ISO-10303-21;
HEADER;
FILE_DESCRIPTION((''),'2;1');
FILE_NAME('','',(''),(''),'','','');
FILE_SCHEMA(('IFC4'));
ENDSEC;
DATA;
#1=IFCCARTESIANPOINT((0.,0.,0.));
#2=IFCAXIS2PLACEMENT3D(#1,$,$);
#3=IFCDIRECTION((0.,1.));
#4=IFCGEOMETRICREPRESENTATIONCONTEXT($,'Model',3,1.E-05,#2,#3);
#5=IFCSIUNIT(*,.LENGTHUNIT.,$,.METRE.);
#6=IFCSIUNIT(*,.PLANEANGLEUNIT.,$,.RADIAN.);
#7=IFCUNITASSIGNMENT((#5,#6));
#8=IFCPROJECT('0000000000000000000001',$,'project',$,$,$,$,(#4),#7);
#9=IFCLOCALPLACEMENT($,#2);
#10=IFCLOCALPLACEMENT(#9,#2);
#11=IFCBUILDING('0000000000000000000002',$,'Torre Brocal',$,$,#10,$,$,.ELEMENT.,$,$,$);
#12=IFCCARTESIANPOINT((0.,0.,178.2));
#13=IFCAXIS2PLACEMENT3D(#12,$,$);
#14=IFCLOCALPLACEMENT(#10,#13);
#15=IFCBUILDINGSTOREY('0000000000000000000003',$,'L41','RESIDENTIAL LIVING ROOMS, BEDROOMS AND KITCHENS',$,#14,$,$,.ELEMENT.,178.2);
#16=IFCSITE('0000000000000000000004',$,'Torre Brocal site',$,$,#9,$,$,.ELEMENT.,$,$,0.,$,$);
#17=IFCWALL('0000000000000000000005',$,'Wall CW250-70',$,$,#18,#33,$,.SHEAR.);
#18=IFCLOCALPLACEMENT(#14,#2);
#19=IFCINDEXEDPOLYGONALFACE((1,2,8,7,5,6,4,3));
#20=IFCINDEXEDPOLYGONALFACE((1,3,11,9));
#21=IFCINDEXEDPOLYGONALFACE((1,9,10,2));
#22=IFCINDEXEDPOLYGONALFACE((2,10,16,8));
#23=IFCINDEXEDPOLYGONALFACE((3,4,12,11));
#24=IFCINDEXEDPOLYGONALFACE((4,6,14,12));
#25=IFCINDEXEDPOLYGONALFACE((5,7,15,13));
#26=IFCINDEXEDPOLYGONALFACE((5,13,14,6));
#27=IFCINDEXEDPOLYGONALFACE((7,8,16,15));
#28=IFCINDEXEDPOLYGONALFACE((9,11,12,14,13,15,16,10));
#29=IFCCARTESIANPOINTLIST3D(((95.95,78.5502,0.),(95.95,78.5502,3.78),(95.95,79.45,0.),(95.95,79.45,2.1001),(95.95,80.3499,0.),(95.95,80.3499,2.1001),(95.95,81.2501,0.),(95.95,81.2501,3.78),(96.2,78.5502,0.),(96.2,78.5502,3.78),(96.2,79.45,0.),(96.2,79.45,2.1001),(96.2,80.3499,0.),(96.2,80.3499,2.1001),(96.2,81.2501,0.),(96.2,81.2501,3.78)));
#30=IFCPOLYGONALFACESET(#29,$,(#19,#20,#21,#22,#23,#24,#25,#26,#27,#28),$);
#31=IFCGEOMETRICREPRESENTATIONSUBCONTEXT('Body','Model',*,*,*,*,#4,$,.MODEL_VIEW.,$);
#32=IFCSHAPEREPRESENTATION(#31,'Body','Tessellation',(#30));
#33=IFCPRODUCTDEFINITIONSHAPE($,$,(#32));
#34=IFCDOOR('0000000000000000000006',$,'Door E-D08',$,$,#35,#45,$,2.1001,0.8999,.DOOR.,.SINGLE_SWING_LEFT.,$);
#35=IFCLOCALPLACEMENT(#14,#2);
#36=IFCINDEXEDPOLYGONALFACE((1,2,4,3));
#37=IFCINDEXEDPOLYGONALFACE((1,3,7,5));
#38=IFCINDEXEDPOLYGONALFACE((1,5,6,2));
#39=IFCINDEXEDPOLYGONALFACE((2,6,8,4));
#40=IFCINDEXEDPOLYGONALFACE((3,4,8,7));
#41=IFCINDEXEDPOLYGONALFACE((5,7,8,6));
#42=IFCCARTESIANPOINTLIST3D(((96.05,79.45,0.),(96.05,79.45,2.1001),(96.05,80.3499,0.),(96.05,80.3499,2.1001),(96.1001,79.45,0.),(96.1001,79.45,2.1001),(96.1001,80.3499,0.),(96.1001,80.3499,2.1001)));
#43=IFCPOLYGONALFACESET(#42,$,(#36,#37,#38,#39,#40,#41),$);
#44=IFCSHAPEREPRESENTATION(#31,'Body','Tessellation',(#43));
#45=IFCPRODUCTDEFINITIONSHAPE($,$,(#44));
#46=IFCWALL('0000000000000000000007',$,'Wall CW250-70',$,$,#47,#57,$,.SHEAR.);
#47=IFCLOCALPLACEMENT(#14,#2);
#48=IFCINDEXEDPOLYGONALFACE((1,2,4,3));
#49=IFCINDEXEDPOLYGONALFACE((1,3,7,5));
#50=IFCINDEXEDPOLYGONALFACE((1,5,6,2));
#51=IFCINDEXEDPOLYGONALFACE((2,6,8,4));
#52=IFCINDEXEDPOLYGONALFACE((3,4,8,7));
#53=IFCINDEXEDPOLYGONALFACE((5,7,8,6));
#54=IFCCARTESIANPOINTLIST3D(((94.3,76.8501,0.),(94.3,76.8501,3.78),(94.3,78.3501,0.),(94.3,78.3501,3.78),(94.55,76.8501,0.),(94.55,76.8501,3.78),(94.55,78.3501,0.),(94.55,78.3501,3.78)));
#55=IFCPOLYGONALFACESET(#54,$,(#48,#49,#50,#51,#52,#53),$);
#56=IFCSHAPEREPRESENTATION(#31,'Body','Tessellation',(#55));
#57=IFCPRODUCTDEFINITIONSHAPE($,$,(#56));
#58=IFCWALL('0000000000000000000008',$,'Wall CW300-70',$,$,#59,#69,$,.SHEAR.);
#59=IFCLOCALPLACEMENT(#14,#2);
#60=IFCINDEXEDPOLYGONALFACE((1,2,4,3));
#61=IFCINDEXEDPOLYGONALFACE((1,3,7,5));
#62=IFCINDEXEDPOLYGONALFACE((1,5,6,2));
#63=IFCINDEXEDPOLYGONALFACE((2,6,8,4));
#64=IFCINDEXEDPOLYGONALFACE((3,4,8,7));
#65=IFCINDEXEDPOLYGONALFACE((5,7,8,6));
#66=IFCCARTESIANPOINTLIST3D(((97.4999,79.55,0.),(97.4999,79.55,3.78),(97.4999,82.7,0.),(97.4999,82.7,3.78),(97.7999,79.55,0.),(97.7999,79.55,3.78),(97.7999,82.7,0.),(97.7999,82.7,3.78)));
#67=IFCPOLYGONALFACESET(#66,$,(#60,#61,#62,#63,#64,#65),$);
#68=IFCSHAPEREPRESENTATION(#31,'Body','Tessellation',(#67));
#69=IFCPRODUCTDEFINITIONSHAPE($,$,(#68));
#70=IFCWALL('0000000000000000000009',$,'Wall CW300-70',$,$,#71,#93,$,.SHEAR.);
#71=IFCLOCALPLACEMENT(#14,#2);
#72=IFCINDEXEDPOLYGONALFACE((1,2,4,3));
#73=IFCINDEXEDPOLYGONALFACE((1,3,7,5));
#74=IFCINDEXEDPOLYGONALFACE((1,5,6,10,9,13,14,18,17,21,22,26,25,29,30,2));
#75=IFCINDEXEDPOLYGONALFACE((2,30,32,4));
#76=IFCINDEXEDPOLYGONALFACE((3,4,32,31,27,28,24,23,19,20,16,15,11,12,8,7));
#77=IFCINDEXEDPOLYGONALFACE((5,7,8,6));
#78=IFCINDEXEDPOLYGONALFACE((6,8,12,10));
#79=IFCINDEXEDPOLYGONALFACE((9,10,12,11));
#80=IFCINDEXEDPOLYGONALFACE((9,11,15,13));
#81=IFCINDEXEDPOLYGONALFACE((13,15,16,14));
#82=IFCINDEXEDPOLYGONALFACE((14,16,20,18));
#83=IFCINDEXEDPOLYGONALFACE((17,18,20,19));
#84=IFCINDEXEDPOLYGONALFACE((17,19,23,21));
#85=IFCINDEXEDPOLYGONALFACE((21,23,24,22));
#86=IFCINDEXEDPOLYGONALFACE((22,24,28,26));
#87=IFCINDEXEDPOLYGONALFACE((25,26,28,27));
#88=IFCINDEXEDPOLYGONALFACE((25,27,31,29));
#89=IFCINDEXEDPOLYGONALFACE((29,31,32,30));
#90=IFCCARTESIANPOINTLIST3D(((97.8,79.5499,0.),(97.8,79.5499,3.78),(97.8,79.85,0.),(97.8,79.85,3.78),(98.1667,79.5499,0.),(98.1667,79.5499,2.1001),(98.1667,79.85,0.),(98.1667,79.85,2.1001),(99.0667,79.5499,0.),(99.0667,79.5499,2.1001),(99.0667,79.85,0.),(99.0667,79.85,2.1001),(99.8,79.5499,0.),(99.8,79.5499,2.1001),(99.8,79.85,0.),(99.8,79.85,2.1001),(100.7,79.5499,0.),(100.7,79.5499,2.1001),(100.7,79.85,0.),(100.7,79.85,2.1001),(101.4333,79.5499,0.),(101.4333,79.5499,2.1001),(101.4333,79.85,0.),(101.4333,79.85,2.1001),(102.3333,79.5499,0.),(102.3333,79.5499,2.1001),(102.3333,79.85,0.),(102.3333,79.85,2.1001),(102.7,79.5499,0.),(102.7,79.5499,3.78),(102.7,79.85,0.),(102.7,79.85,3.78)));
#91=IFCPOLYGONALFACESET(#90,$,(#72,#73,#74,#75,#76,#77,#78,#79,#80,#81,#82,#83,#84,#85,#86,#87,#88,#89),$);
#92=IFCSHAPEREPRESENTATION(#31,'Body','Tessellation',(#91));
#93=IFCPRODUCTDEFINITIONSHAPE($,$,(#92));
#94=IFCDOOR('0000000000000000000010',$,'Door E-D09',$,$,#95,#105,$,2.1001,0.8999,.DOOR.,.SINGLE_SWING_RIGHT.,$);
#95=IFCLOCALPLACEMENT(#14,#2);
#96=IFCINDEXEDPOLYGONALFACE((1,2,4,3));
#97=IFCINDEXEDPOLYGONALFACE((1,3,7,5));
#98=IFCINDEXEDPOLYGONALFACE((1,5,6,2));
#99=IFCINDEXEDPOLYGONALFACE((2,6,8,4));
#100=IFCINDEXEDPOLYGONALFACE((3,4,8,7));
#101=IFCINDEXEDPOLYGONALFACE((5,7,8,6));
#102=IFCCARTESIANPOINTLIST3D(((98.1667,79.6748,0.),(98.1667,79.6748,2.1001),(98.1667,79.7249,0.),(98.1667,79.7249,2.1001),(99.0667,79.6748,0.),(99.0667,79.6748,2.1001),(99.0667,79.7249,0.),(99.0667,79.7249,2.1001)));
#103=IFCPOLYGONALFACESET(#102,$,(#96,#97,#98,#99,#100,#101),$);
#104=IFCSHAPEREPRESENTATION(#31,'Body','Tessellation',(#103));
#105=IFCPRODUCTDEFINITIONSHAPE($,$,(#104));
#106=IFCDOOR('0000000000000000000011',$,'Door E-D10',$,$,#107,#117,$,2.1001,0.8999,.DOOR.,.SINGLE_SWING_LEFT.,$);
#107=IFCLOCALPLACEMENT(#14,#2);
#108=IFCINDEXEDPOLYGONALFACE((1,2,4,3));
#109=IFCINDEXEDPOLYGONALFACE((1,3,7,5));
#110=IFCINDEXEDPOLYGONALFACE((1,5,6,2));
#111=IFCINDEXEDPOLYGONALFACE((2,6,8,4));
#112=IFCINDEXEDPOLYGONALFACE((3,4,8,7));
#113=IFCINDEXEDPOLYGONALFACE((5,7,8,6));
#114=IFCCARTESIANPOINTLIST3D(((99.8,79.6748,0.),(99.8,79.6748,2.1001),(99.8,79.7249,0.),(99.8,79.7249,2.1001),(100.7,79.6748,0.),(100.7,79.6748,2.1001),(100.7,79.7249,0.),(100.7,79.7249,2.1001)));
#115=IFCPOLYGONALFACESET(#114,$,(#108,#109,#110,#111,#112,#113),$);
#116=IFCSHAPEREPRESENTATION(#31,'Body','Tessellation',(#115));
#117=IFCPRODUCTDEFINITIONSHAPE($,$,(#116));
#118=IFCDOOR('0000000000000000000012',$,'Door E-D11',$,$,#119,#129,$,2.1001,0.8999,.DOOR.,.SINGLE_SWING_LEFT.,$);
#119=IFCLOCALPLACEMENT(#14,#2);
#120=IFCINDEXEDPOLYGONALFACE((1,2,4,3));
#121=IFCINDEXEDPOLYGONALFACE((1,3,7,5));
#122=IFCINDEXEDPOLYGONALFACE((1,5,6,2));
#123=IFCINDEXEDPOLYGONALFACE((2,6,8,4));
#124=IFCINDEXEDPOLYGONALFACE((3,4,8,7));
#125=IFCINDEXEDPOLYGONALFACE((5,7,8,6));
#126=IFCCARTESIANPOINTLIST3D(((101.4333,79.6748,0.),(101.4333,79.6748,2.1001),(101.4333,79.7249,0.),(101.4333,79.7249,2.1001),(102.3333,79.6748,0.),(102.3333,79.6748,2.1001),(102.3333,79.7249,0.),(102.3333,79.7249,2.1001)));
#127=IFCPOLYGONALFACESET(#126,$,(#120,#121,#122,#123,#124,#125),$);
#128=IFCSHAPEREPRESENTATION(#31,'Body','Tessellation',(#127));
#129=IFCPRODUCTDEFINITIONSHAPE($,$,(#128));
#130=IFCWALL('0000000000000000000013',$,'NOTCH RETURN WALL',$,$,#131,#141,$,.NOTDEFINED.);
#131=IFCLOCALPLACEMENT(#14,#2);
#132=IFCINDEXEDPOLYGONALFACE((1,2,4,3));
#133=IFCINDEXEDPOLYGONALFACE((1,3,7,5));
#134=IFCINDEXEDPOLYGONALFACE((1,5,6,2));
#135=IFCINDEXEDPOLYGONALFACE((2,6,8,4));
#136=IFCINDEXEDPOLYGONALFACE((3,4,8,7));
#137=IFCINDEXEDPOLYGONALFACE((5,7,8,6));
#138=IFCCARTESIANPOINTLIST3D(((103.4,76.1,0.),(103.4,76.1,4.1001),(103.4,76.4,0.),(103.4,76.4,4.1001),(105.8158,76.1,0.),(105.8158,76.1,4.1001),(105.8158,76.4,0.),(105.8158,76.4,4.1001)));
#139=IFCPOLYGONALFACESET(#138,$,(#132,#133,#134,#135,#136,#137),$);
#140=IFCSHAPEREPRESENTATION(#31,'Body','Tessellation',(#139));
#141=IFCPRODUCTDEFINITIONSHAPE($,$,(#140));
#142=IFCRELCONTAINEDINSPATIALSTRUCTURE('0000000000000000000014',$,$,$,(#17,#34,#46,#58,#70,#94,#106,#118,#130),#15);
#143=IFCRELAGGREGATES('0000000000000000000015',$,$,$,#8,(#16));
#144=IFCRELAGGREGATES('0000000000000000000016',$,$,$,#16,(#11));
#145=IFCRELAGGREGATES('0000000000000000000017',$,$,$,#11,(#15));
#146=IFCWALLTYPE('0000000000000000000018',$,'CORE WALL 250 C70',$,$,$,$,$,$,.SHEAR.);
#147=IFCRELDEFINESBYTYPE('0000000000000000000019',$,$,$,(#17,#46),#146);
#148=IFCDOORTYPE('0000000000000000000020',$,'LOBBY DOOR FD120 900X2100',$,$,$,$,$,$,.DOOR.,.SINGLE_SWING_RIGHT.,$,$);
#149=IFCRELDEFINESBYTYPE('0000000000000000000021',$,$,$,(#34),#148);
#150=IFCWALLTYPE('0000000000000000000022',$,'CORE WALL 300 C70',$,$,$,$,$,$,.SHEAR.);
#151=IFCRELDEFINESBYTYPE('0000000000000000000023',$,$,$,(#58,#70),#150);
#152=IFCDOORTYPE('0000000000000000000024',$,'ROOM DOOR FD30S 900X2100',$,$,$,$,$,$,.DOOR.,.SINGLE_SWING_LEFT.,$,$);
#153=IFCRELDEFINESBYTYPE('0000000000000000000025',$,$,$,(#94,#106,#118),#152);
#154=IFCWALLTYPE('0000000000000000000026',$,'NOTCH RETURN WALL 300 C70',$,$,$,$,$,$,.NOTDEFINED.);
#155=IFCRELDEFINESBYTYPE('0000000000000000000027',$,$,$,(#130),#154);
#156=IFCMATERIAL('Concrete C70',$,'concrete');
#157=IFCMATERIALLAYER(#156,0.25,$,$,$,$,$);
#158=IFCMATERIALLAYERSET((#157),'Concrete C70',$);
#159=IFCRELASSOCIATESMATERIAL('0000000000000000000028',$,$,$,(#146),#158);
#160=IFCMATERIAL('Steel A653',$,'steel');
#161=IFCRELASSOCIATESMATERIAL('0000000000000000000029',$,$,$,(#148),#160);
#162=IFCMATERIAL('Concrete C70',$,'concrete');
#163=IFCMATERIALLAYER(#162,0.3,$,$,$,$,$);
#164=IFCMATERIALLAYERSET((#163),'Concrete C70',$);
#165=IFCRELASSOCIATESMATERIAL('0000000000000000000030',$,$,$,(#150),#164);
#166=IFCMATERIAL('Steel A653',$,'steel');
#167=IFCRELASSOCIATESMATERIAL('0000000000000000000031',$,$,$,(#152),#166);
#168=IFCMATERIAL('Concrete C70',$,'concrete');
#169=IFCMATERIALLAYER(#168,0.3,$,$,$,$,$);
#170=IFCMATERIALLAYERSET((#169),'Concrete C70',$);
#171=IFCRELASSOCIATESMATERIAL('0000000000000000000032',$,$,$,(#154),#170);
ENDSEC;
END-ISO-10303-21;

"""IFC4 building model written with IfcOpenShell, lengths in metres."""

from ifc_helpers import new_model, si_unit, direction, frame, frame_2d, origin, place, context, subcontext, project, spatial, rectangle, extrude, material, layer, layer_set, type_object, element, fill, save


model = new_model("IFC4")

# Units and contexts
model_context = context("Model", 3, precision=1e-05, world=origin(), true_north=direction((0.0, 1.0)))
body_context = subcontext(model_context, "Body", "Model", "MODEL_VIEW")
ifc_project = project(units=[si_unit("LENGTHUNIT", "METRE"), si_unit("PLANEANGLEUNIT", "RADIAN")], contexts=[model_context])

# Site, building, storey
site_placement = place(None, origin())
site = spatial("IfcSite", under=ifc_project, at=site_placement, Name="Torre Brocal site", CompositionType="ELEMENT", RefElevation=0.0)
building_placement = place(site_placement, origin())
building = spatial("IfcBuilding", under=site, at=building_placement, Name="Torre Brocal", CompositionType="ELEMENT")
storey_placement = place(building_placement, frame((0.0, 0.0, 178.2)))
storey = spatial("IfcBuildingStorey", under=building, at=storey_placement, Name="L41", Description="RESIDENTIAL LIVING ROOMS, BEDROOMS AND KITCHENS", CompositionType="ELEMENT", Elevation=178.2)

# Wall, opening, door
ifc_material_1 = material(Name="Concrete C70", Category="concrete")
ifc_layer_1 = layer(ifc_material_1, 0.25)
ifc_layer_set_1 = layer_set([ifc_layer_1], Name="Concrete C70")
wall_type_1 = type_object("IfcWallType", Name="CORE WALL 250 C70", PredefinedType="SHEAR", material=ifc_layer_set_1)
wall_1_placement = place(storey_placement, frame((96.075, 78.55, 0.0), z_axis=(0.0, 0.0, 1.0), x_axis=(0.0, 1.0, 0.0)))
wall_1 = element("IfcWall", 1, at=wall_1_placement, inside=storey, type_object=wall_type_1, Name="Wall CW250-70", PredefinedType="SHEAR", context=body_context, shape_type="SweptSolid", body=[
    extrude(rectangle(XDim=2.7, YDim=0.25, at=frame_2d((1.3501, 0.0))), origin(), (0.0, 0.0, 1.0), 3.78),
])
opening_1_placement = place(wall_1_placement, frame((0.8999, 0.0, 0.0)))
opening_1 = element("IfcOpeningElement", 2, at=opening_1_placement, cuts=wall_1, PredefinedType="OPENING", context=body_context, shape_type="SweptSolid", body=[
    extrude(rectangle(XDim=0.8999, YDim=2.1001, at=frame_2d((0.45, 1.05))), frame((0.0, 0.135, 0.0), z_axis=(0.0, -1.0, 0.0), x_axis=(1.0, 0.0, 0.0)), (0.0, 0.0, 1.0), 0.27),
])
ifc_material_2 = material(Name="Steel A653", Category="steel")
door_type_1 = type_object("IfcDoorType", Name="LOBBY DOOR FD120 900X2100", OperationType="SINGLE_SWING_RIGHT", PredefinedType="DOOR", material=ifc_material_2)
door_1_placement = place(opening_1_placement, origin())
door_1 = element("IfcDoor", 3, at=door_1_placement, inside=storey, type_object=door_type_1, Name="Door E-D08", OperationType="SINGLE_SWING_LEFT", OverallHeight=2.1001, OverallWidth=0.8999, PredefinedType="DOOR", context=body_context, shape_type="SweptSolid", body=[
    extrude(rectangle(XDim=0.8999, YDim=2.1001, at=frame_2d((0.45, 1.05))), frame((0.0, 0.0249, 0.0), z_axis=(0.0, -1.0, 0.0), x_axis=(1.0, 0.0, 0.0)), (0.0, 0.0, 1.0), 0.05),
])
fill(opening_1, door_1)

# Walls
wall_2_placement = place(storey_placement, frame((94.425, 76.8501, 0.0), z_axis=(0.0, 0.0, 1.0), x_axis=(0.0, 1.0, 0.0)))
element("IfcWall", 4, at=wall_2_placement, inside=storey, type_object=wall_type_1, Name="Wall CW250-70", PredefinedType="SHEAR", context=body_context, shape_type="SweptSolid", body=[
    extrude(rectangle(XDim=1.5, YDim=0.25, at=frame_2d((0.75, 0.0))), origin(), (0.0, 0.0, 1.0), 3.78),
])
ifc_material_3 = material(Name="Concrete C70", Category="concrete")
ifc_layer_2 = layer(ifc_material_3, 0.3)
ifc_layer_set_2 = layer_set([ifc_layer_2], Name="Concrete C70")
wall_type_2 = type_object("IfcWallType", Name="CORE WALL 300 C70", PredefinedType="SHEAR", material=ifc_layer_set_2)
wall_3_placement = place(storey_placement, frame((97.6499, 79.55, 0.0), z_axis=(0.0, 0.0, 1.0), x_axis=(0.0, 1.0, 0.0)))
element("IfcWall", 5, at=wall_3_placement, inside=storey, type_object=wall_type_2, Name="Wall CW300-70", PredefinedType="SHEAR", context=body_context, shape_type="SweptSolid", body=[
    extrude(rectangle(XDim=3.1499, YDim=0.3, at=frame_2d((1.575, 0.0))), origin(), (0.0, 0.0, 1.0), 3.78),
])

# Wall, openings, doors
wall_4_placement = place(storey_placement, frame((97.8, 79.7, 0.0), z_axis=(0.0, 0.0, 1.0), x_axis=(1.0, 0.0, 0.0)))
wall_4 = element("IfcWall", 6, at=wall_4_placement, inside=storey, type_object=wall_type_2, Name="Wall CW300-70", PredefinedType="SHEAR", context=body_context, shape_type="SweptSolid", body=[
    extrude(rectangle(XDim=4.8999, YDim=0.3, at=frame_2d((2.45, 0.0))), origin(), (0.0, 0.0, 1.0), 3.78),
])
opening_2_placement = place(wall_4_placement, frame((0.3667, 0.0, 0.0)))
opening_2 = element("IfcOpeningElement", 7, at=opening_2_placement, cuts=wall_4, PredefinedType="OPENING", context=body_context, shape_type="SweptSolid", body=[
    extrude(rectangle(XDim=0.8999, YDim=2.1001, at=frame_2d((0.45, 1.05))), frame((0.0, 0.1599, 0.0), z_axis=(0.0, -1.0, 0.0), x_axis=(1.0, 0.0, 0.0)), (0.0, 0.0, 1.0), 0.3201),
])
opening_3_placement = place(wall_4_placement, frame((2.0, 0.0, 0.0)))
opening_3 = element("IfcOpeningElement", 8, at=opening_3_placement, cuts=wall_4, PredefinedType="OPENING", context=body_context, shape_type="SweptSolid", body=[
    extrude(rectangle(XDim=0.8999, YDim=2.1001, at=frame_2d((0.45, 1.05))), frame((0.0, 0.1599, 0.0), z_axis=(0.0, -1.0, 0.0), x_axis=(1.0, 0.0, 0.0)), (0.0, 0.0, 1.0), 0.3201),
])
opening_4_placement = place(wall_4_placement, frame((3.6333, 0.0, 0.0)))
opening_4 = element("IfcOpeningElement", 9, at=opening_4_placement, cuts=wall_4, PredefinedType="OPENING", context=body_context, shape_type="SweptSolid", body=[
    extrude(rectangle(XDim=0.8999, YDim=2.1001, at=frame_2d((0.45, 1.05))), frame((0.0, 0.1599, 0.0), z_axis=(0.0, -1.0, 0.0), x_axis=(1.0, 0.0, 0.0)), (0.0, 0.0, 1.0), 0.3201),
])
ifc_material_4 = material(Name="Steel A653", Category="steel")
door_type_2 = type_object("IfcDoorType", Name="ROOM DOOR FD30S 900X2100", OperationType="SINGLE_SWING_LEFT", PredefinedType="DOOR", material=ifc_material_4)
door_2_placement = place(opening_2_placement, origin())
door_2 = element("IfcDoor", 10, at=door_2_placement, inside=storey, type_object=door_type_2, Name="Door E-D09", OperationType="SINGLE_SWING_RIGHT", OverallHeight=2.1001, OverallWidth=0.8999, PredefinedType="DOOR", context=body_context, shape_type="SweptSolid", body=[
    extrude(rectangle(XDim=0.8999, YDim=2.1001, at=frame_2d((0.45, 1.05))), frame((0.0, 0.0249, 0.0), z_axis=(0.0, -1.0, 0.0), x_axis=(1.0, 0.0, 0.0)), (0.0, 0.0, 1.0), 0.05),
])
fill(opening_2, door_2)
door_3_placement = place(opening_3_placement, origin())
door_3 = element("IfcDoor", 11, at=door_3_placement, inside=storey, type_object=door_type_2, Name="Door E-D10", OperationType="SINGLE_SWING_LEFT", OverallHeight=2.1001, OverallWidth=0.8999, PredefinedType="DOOR", context=body_context, shape_type="SweptSolid", body=[
    extrude(rectangle(XDim=0.8999, YDim=2.1001, at=frame_2d((0.45, 1.05))), frame((0.0, 0.0249, 0.0), z_axis=(0.0, -1.0, 0.0), x_axis=(1.0, 0.0, 0.0)), (0.0, 0.0, 1.0), 0.05),
])
fill(opening_3, door_3)
door_4_placement = place(opening_4_placement, origin())
door_4 = element("IfcDoor", 12, at=door_4_placement, inside=storey, type_object=door_type_2, Name="Door E-D11", OperationType="SINGLE_SWING_LEFT", OverallHeight=2.1001, OverallWidth=0.8999, PredefinedType="DOOR", context=body_context, shape_type="SweptSolid", body=[
    extrude(rectangle(XDim=0.8999, YDim=2.1001, at=frame_2d((0.45, 1.05))), frame((0.0, 0.0249, 0.0), z_axis=(0.0, -1.0, 0.0), x_axis=(1.0, 0.0, 0.0)), (0.0, 0.0, 1.0), 0.05),
])
fill(opening_4, door_4)

# Wall
ifc_material_5 = material(Name="Concrete C70", Category="concrete")
ifc_layer_3 = layer(ifc_material_5, 0.3)
ifc_layer_set_3 = layer_set([ifc_layer_3], Name="Concrete C70")
wall_type_3 = type_object("IfcWallType", Name="NOTCH RETURN WALL 300 C70", PredefinedType="NOTDEFINED", material=ifc_layer_set_3)
wall_5_placement = place(storey_placement, frame((103.3999, 76.25, 0.0), z_axis=(0.0, 0.0, 1.0), x_axis=(1.0, 0.0, 0.0)))
element("IfcWall", 13, at=wall_5_placement, inside=storey, type_object=wall_type_3, Name="NOTCH RETURN WALL", PredefinedType="NOTDEFINED", context=body_context, shape_type="SweptSolid", body=[
    extrude(rectangle(XDim=2.4158, YDim=0.3, at=frame_2d((1.208, 0.0))), origin(), (0.0, 0.0, 1.0), 4.1001),
])

save(model, "model.ifc")
